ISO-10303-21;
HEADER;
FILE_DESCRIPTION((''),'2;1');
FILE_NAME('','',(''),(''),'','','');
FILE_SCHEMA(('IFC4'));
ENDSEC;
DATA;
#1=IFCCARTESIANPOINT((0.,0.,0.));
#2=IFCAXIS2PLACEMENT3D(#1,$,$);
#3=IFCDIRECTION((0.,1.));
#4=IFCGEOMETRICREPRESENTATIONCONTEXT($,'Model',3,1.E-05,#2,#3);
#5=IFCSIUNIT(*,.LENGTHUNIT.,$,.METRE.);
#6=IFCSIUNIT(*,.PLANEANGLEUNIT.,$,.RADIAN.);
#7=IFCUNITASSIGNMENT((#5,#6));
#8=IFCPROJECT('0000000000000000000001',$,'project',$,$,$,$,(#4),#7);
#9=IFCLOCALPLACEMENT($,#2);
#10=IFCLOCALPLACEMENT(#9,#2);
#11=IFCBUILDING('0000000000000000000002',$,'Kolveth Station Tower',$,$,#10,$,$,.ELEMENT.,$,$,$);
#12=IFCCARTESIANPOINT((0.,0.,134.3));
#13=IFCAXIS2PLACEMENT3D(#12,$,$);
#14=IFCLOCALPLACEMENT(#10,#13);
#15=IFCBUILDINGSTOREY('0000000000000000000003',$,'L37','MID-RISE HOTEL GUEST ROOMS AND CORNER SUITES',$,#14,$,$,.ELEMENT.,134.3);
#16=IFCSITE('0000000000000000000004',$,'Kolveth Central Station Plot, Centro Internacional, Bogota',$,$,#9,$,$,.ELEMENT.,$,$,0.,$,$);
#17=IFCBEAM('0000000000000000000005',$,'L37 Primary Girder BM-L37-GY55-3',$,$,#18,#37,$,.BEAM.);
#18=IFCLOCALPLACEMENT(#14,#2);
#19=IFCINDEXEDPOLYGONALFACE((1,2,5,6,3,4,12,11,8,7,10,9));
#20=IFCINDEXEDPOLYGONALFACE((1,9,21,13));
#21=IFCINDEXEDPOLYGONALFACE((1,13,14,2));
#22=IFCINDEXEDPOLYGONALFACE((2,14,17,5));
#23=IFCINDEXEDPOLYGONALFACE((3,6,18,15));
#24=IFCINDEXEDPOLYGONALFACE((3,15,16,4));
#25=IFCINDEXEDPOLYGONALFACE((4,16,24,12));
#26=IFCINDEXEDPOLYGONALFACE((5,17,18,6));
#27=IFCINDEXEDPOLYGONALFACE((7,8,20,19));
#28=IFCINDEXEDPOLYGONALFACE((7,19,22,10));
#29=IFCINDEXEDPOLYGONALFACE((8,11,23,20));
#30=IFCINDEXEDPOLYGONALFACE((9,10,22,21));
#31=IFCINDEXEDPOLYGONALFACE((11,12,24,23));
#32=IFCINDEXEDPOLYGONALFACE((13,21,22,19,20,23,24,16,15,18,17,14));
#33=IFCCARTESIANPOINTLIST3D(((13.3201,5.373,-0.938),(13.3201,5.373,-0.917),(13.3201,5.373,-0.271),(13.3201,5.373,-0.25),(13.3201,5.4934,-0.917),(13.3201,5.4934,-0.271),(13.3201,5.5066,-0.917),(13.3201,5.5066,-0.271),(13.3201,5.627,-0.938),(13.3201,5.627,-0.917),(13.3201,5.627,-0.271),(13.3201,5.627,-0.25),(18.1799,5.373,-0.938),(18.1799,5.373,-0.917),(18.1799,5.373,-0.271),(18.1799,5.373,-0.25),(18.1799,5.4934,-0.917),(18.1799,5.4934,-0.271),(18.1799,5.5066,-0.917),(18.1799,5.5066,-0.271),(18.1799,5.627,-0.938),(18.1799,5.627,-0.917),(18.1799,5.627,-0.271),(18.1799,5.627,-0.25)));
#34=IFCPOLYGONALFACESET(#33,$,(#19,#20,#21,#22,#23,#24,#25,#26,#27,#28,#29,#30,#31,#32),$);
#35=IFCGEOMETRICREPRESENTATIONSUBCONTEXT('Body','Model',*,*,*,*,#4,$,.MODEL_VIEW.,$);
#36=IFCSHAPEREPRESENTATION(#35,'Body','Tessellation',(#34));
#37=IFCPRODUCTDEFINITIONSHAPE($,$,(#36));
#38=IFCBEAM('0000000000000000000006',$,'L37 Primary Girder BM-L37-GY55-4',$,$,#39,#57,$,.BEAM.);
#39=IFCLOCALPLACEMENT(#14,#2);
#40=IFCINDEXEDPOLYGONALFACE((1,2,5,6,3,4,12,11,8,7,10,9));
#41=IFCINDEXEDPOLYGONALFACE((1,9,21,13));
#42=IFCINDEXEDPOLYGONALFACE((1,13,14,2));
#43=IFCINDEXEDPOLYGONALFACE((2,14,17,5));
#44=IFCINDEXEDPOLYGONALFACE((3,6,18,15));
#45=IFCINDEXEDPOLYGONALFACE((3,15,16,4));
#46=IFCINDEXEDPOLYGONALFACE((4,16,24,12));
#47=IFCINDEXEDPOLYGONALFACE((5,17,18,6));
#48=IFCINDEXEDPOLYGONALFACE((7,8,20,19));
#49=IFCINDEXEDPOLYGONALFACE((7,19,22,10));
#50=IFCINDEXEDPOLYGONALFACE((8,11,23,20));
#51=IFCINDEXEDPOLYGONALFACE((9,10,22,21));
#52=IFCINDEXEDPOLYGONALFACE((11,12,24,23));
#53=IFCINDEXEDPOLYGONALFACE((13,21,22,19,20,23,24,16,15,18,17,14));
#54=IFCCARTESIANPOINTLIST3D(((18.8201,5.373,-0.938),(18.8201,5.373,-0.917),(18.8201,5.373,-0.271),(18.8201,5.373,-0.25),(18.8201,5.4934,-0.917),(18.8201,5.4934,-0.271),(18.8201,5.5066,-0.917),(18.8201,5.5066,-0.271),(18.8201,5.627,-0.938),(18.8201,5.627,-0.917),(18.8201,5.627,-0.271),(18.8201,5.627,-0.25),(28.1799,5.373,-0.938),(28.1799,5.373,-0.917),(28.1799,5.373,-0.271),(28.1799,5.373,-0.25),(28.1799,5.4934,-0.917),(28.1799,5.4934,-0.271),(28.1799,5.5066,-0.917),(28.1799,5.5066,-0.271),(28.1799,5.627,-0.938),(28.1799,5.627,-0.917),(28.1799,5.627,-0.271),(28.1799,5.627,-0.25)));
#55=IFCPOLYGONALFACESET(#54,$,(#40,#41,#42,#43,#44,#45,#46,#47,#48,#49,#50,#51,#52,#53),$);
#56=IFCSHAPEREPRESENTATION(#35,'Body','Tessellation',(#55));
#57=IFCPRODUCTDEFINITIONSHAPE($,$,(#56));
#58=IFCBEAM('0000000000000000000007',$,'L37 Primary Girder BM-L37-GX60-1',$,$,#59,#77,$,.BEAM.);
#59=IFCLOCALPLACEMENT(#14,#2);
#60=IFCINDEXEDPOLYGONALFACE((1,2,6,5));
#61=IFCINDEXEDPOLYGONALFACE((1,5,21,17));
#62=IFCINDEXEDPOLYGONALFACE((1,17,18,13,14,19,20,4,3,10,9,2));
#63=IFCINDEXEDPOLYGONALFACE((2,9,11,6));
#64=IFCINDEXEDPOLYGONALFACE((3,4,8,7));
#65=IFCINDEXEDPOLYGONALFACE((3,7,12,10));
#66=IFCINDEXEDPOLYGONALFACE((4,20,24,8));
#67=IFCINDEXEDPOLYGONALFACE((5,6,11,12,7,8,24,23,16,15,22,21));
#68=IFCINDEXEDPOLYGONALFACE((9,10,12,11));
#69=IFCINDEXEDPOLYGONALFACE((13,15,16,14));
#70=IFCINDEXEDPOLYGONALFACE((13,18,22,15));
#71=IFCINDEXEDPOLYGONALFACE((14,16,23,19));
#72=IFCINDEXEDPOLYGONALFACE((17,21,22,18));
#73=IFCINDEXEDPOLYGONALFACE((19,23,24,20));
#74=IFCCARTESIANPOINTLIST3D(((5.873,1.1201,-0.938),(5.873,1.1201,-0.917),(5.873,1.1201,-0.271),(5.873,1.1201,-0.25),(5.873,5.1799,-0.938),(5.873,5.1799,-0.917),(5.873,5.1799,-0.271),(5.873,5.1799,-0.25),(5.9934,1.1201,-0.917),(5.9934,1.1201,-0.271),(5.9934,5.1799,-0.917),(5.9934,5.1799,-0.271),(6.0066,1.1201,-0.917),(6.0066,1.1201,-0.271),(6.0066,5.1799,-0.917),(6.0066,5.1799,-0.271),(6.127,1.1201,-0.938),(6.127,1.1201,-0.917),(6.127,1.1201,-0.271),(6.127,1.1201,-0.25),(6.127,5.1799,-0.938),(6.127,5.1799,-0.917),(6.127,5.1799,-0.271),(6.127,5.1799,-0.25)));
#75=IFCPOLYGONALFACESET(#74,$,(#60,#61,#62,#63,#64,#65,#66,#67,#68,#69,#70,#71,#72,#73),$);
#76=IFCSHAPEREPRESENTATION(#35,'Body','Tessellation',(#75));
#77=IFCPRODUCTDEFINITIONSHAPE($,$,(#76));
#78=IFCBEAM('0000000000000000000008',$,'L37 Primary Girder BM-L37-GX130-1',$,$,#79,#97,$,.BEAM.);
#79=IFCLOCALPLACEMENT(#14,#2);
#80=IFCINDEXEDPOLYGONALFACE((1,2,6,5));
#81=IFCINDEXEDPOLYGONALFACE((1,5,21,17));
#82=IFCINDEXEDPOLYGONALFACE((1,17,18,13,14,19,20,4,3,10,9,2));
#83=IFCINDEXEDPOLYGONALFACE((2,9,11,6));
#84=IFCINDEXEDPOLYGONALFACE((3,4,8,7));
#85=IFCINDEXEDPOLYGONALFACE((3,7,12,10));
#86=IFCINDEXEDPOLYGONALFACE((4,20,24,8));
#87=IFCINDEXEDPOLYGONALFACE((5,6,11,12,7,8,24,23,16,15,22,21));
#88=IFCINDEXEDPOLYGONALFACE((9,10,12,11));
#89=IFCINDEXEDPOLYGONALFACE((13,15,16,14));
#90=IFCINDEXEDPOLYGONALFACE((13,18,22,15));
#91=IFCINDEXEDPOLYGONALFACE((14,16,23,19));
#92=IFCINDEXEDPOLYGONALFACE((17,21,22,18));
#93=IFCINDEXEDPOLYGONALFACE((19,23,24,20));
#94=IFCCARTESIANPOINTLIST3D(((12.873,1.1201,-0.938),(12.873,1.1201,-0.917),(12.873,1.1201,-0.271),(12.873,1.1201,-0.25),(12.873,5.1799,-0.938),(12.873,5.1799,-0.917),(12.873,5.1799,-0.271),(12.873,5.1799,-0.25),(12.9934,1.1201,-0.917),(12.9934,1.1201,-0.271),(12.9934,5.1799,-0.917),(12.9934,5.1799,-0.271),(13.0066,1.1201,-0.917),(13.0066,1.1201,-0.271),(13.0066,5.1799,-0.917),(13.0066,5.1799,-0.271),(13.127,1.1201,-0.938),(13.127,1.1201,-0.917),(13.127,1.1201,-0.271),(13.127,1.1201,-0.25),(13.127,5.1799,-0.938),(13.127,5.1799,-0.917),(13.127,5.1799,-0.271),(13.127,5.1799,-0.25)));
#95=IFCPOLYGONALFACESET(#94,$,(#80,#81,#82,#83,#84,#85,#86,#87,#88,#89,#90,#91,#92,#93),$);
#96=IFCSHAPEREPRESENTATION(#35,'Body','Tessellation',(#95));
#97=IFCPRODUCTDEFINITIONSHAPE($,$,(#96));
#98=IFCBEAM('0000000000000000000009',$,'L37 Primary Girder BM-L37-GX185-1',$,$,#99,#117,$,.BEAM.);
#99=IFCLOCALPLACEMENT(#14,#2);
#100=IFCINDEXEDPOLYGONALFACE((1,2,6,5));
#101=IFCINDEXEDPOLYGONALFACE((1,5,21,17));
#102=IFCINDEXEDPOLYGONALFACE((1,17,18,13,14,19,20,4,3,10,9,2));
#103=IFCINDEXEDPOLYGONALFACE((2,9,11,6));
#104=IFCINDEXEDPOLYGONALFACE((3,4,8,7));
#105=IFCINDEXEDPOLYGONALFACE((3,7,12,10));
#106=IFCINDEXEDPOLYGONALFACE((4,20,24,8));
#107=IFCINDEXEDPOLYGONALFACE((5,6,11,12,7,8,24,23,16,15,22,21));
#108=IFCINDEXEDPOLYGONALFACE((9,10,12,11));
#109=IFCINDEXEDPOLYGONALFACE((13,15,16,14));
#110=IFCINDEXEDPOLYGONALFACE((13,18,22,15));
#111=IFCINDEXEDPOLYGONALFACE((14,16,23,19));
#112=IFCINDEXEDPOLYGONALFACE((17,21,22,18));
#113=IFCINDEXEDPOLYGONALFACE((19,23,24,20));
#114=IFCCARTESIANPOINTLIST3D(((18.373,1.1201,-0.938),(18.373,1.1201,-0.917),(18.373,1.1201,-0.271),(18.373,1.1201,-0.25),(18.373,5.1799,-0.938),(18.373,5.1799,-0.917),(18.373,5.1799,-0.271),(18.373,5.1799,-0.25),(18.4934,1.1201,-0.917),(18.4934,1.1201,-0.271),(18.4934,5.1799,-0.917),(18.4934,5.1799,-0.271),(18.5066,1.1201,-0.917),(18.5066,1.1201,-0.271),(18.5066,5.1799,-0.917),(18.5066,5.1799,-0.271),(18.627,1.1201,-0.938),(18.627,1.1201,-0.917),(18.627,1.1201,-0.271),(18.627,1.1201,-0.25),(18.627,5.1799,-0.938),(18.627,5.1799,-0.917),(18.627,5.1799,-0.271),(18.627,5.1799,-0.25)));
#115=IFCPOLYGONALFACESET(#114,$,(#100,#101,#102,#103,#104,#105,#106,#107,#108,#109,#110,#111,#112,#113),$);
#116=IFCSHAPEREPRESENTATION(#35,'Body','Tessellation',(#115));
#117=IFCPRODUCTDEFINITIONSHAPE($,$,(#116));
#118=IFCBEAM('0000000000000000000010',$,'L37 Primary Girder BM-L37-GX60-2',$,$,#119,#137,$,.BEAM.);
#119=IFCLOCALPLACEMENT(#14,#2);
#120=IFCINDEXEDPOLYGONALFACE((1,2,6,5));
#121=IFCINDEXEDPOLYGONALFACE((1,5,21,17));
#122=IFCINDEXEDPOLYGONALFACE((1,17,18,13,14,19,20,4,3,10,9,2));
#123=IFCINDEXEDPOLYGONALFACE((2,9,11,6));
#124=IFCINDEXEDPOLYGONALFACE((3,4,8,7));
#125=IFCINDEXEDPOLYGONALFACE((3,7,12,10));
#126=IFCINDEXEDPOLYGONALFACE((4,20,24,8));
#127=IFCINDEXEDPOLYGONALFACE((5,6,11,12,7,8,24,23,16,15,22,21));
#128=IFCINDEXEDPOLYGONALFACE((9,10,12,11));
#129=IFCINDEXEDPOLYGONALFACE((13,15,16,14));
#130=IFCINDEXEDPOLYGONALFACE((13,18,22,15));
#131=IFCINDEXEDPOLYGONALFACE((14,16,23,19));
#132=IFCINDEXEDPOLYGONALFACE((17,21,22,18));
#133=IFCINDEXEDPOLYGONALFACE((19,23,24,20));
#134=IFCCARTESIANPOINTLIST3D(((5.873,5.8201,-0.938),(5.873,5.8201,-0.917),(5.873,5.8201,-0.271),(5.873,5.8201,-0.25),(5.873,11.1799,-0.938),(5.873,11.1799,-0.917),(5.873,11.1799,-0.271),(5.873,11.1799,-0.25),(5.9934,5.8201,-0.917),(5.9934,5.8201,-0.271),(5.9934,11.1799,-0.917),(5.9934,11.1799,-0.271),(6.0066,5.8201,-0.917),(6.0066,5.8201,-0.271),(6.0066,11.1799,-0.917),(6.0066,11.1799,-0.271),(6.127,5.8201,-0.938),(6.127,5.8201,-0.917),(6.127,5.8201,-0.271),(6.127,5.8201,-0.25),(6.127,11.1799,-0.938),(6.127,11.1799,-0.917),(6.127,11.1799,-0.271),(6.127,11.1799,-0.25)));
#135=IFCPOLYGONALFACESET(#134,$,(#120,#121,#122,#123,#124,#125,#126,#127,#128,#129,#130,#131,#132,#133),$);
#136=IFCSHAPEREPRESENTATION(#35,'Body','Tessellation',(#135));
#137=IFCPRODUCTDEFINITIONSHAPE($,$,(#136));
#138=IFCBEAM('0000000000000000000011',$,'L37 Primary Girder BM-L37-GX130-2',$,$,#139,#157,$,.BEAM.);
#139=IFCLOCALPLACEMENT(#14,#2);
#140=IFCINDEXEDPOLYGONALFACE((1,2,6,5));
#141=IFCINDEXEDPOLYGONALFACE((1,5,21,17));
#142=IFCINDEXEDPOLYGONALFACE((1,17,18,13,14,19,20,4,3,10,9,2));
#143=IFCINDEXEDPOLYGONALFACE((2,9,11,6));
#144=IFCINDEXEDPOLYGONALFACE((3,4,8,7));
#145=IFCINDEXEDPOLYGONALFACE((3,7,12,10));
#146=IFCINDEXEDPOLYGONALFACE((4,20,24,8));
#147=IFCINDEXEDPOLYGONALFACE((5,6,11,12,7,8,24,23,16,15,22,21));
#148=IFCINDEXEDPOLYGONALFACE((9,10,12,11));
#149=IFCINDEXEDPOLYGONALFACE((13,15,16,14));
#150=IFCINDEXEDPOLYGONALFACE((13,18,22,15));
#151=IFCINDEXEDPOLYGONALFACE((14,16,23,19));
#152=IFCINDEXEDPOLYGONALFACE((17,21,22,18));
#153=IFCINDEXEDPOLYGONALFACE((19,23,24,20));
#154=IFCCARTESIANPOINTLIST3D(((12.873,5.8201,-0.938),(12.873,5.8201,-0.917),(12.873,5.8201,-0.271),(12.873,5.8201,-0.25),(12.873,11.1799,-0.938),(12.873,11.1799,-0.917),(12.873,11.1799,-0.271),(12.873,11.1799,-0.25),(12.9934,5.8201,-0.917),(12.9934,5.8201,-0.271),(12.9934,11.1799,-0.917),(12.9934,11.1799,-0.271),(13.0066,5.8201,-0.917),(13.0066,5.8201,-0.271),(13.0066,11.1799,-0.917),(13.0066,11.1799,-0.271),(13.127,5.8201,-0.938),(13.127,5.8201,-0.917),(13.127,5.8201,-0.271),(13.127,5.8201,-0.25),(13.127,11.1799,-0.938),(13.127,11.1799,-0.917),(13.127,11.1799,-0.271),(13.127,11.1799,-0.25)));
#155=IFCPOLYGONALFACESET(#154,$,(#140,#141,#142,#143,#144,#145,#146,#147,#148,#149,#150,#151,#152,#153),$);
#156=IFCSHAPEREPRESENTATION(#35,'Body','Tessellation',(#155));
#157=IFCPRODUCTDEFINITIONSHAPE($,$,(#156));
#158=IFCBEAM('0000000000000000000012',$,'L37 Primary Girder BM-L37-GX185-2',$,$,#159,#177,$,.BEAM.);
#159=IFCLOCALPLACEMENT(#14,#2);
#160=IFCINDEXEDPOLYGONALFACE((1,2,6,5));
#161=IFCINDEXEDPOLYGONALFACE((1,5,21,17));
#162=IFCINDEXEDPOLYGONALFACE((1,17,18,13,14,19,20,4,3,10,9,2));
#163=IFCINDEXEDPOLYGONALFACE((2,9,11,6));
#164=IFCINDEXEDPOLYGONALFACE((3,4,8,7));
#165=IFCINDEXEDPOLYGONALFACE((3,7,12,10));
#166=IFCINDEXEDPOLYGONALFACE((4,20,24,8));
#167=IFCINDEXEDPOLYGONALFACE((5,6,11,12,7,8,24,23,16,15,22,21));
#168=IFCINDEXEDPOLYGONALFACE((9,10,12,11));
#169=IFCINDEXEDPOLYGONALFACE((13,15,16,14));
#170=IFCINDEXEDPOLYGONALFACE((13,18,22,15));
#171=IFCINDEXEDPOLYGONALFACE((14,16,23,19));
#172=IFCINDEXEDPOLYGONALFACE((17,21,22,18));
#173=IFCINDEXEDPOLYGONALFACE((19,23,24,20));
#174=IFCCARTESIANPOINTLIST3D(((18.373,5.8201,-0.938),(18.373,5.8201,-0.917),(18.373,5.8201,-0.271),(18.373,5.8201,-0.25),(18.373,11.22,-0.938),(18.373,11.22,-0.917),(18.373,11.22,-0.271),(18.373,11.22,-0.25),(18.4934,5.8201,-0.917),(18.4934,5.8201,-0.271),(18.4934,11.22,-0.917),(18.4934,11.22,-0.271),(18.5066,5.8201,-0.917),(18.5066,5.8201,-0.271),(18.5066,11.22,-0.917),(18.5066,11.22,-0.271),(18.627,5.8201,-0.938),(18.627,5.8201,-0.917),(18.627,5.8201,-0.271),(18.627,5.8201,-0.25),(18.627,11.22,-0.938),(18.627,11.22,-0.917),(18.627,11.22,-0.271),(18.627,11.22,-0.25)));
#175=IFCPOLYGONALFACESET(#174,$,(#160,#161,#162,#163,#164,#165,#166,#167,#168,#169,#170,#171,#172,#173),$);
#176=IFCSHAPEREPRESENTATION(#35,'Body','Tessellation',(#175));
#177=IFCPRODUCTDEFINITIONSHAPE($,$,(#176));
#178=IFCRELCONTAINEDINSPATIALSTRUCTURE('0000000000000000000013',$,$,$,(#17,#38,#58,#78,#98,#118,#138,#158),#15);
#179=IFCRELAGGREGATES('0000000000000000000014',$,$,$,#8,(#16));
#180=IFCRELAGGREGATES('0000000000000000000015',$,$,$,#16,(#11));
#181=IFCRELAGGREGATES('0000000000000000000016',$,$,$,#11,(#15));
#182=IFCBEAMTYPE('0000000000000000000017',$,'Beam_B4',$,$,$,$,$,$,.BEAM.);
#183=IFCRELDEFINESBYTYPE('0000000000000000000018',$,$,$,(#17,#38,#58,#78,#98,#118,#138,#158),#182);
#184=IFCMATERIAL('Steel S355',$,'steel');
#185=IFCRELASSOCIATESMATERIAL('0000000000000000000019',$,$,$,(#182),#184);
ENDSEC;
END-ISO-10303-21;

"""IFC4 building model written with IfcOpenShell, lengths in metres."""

from ifc_helpers import new_model, si_unit, direction, frame, origin, origin_2d, place, context, subcontext, project, spatial, i_section, extrude, source, transform, mapped, material, material_profile, profile_set, type_object, element, save


model = new_model("IFC4")

# Units and contexts
model_context = context("Model", 3, precision=1e-05, world=origin(), true_north=direction((0.0, 1.0)))
body_context = subcontext(model_context, "Body", "Model", "MODEL_VIEW")
ifc_project = project(units=[si_unit("LENGTHUNIT", "METRE"), si_unit("PLANEANGLEUNIT", "RADIAN")], contexts=[model_context])

# Site, building, storey
site_placement = place(None, origin())
site = spatial("IfcSite", under=ifc_project, at=site_placement, Name="Kolveth Central Station Plot, Centro Internacional, Bogota", CompositionType="ELEMENT", RefElevation=0.0)
building_placement = place(site_placement, origin())
building = spatial("IfcBuilding", under=site, at=building_placement, Name="Kolveth Station Tower", CompositionType="ELEMENT")
storey_placement = place(building_placement, frame((0.0, 0.0, 134.3)))
storey = spatial("IfcBuildingStorey", under=building, at=storey_placement, Name="L37", Description="MID-RISE HOTEL GUEST ROOMS AND CORNER SUITES", CompositionType="ELEMENT", Elevation=134.3)

# Beams
ifc_material_1 = material(Name="Steel S355", Category="steel")
ifc_material_profile_1 = material_profile(ifc_material_1, i_section(OverallWidth=0.2539, OverallDepth=0.688, WebThickness=0.0132, FlangeThickness=0.021, at=origin_2d()), Name="W690x152")
ifc_profile_set_1 = profile_set([ifc_material_profile_1], Name="Steel S355")
beam_type_1 = type_object("IfcBeamType", Name="Beam_B4", PredefinedType="BEAM", material=ifc_profile_set_1)
shared_shape_1 = source(origin(), body_context, "Body", "SweptSolid", [
    extrude(i_section(OverallWidth=0.2539, OverallDepth=0.688, WebThickness=0.0132, FlangeThickness=0.021, at=origin_2d()), origin(), (0.0, 0.0, 1.0), 4.8599),
])
beam_1_placement = place(storey_placement, frame((13.3201, 5.5, -0.594), z_axis=(1.0, 0.0, 0.0), x_axis=(0.0, 1.0, 0.0)))
element("IfcBeam", 1, at=beam_1_placement, inside=storey, type_object=beam_type_1, Name="L37 Primary Girder BM-L37-GY55-3", PredefinedType="BEAM", context=body_context, shape_type="MappedRepresentation", body=[
    mapped(shared_shape_1, transform((0.0, 0.0, 0.0), x_axis=(1.0, 0.0, 0.0), y_axis=(0.0, 1.0, 0.0), z_axis=(0.0, 0.0, 1.0), scale=1.0)),
])
shared_shape_2 = source(origin(), body_context, "Body", "SweptSolid", [
    extrude(i_section(OverallWidth=0.2539, OverallDepth=0.688, WebThickness=0.0132, FlangeThickness=0.021, at=origin_2d()), origin(), (0.0, 0.0, 1.0), 9.3599),
])
beam_2_placement = place(storey_placement, frame((18.8201, 5.5, -0.594), z_axis=(1.0, 0.0, 0.0), x_axis=(0.0, 1.0, 0.0)))
element("IfcBeam", 2, at=beam_2_placement, inside=storey, type_object=beam_type_1, Name="L37 Primary Girder BM-L37-GY55-4", PredefinedType="BEAM", context=body_context, shape_type="MappedRepresentation", body=[
    mapped(shared_shape_2, transform((0.0, 0.0, 0.0), x_axis=(1.0, 0.0, 0.0), y_axis=(0.0, 1.0, 0.0), z_axis=(0.0, 0.0, 1.0), scale=1.0)),
])
shared_shape_3 = source(origin(), body_context, "Body", "SweptSolid", [
    extrude(i_section(OverallWidth=0.2539, OverallDepth=0.688, WebThickness=0.0132, FlangeThickness=0.021, at=origin_2d()), origin(), (0.0, 0.0, 1.0), 4.0598),
])
for number, where, z_axis, x_axis, name in (
    (3, (6.0, 1.1201, -0.594), (0.0, 1.0, 0.0), (-1.0, 0.0, 0.0), "L37 Primary Girder BM-L37-GX60-1"),
    (4, (13.0, 1.1201, -0.594), (0.0, 1.0, 0.0), (-1.0, 0.0, 0.0), "L37 Primary Girder BM-L37-GX130-1"),
    (5, (18.5, 1.1201, -0.594), (0.0, 1.0, 0.0), (-1.0, 0.0, 0.0), "L37 Primary Girder BM-L37-GX185-1"),
):
    element("IfcBeam", number, at=place(storey_placement, frame(where, z_axis=z_axis, x_axis=x_axis)), inside=storey, type_object=beam_type_1, Name=name, PredefinedType="BEAM", context=body_context, shape_type="MappedRepresentation", body=[
        mapped(shared_shape_3, transform((0.0, 0.0, 0.0), x_axis=(1.0, 0.0, 0.0), y_axis=(0.0, 1.0, 0.0), z_axis=(0.0, 0.0, 1.0), scale=1.0)),
    ])
shared_shape_4 = source(origin(), body_context, "Body", "SweptSolid", [
    extrude(i_section(OverallWidth=0.2539, OverallDepth=0.688, WebThickness=0.0132, FlangeThickness=0.021, at=origin_2d()), origin(), (0.0, 0.0, 1.0), 5.3599),
])
for number, where, z_axis, x_axis, name in (
    (6, (6.0, 5.8201, -0.594), (0.0, 1.0, 0.0), (-1.0, 0.0, 0.0), "L37 Primary Girder BM-L37-GX60-2"),
    (7, (13.0, 5.8201, -0.594), (0.0, 1.0, 0.0), (-1.0, 0.0, 0.0), "L37 Primary Girder BM-L37-GX130-2"),
):
    element("IfcBeam", number, at=place(storey_placement, frame(where, z_axis=z_axis, x_axis=x_axis)), inside=storey, type_object=beam_type_1, Name=name, PredefinedType="BEAM", context=body_context, shape_type="MappedRepresentation", body=[
        mapped(shared_shape_4, transform((0.0, 0.0, 0.0), x_axis=(1.0, 0.0, 0.0), y_axis=(0.0, 1.0, 0.0), z_axis=(0.0, 0.0, 1.0), scale=1.0)),
    ])
shared_shape_5 = source(origin(), body_context, "Body", "SweptSolid", [
    extrude(i_section(OverallWidth=0.2539, OverallDepth=0.688, WebThickness=0.0132, FlangeThickness=0.021, at=origin_2d()), origin(), (0.0, 0.0, 1.0), 5.3999),
])
beam_3_placement = place(storey_placement, frame((18.5, 5.8201, -0.594), z_axis=(0.0, 1.0, 0.0), x_axis=(-1.0, 0.0, 0.0)))
element("IfcBeam", 8, at=beam_3_placement, inside=storey, type_object=beam_type_1, Name="L37 Primary Girder BM-L37-GX185-2", PredefinedType="BEAM", context=body_context, shape_type="MappedRepresentation", body=[
    mapped(shared_shape_5, transform((0.0, 0.0, 0.0), x_axis=(1.0, 0.0, 0.0), y_axis=(0.0, 1.0, 0.0), z_axis=(0.0, 0.0, 1.0), scale=1.0)),
])

save(model, "model.ifc")
